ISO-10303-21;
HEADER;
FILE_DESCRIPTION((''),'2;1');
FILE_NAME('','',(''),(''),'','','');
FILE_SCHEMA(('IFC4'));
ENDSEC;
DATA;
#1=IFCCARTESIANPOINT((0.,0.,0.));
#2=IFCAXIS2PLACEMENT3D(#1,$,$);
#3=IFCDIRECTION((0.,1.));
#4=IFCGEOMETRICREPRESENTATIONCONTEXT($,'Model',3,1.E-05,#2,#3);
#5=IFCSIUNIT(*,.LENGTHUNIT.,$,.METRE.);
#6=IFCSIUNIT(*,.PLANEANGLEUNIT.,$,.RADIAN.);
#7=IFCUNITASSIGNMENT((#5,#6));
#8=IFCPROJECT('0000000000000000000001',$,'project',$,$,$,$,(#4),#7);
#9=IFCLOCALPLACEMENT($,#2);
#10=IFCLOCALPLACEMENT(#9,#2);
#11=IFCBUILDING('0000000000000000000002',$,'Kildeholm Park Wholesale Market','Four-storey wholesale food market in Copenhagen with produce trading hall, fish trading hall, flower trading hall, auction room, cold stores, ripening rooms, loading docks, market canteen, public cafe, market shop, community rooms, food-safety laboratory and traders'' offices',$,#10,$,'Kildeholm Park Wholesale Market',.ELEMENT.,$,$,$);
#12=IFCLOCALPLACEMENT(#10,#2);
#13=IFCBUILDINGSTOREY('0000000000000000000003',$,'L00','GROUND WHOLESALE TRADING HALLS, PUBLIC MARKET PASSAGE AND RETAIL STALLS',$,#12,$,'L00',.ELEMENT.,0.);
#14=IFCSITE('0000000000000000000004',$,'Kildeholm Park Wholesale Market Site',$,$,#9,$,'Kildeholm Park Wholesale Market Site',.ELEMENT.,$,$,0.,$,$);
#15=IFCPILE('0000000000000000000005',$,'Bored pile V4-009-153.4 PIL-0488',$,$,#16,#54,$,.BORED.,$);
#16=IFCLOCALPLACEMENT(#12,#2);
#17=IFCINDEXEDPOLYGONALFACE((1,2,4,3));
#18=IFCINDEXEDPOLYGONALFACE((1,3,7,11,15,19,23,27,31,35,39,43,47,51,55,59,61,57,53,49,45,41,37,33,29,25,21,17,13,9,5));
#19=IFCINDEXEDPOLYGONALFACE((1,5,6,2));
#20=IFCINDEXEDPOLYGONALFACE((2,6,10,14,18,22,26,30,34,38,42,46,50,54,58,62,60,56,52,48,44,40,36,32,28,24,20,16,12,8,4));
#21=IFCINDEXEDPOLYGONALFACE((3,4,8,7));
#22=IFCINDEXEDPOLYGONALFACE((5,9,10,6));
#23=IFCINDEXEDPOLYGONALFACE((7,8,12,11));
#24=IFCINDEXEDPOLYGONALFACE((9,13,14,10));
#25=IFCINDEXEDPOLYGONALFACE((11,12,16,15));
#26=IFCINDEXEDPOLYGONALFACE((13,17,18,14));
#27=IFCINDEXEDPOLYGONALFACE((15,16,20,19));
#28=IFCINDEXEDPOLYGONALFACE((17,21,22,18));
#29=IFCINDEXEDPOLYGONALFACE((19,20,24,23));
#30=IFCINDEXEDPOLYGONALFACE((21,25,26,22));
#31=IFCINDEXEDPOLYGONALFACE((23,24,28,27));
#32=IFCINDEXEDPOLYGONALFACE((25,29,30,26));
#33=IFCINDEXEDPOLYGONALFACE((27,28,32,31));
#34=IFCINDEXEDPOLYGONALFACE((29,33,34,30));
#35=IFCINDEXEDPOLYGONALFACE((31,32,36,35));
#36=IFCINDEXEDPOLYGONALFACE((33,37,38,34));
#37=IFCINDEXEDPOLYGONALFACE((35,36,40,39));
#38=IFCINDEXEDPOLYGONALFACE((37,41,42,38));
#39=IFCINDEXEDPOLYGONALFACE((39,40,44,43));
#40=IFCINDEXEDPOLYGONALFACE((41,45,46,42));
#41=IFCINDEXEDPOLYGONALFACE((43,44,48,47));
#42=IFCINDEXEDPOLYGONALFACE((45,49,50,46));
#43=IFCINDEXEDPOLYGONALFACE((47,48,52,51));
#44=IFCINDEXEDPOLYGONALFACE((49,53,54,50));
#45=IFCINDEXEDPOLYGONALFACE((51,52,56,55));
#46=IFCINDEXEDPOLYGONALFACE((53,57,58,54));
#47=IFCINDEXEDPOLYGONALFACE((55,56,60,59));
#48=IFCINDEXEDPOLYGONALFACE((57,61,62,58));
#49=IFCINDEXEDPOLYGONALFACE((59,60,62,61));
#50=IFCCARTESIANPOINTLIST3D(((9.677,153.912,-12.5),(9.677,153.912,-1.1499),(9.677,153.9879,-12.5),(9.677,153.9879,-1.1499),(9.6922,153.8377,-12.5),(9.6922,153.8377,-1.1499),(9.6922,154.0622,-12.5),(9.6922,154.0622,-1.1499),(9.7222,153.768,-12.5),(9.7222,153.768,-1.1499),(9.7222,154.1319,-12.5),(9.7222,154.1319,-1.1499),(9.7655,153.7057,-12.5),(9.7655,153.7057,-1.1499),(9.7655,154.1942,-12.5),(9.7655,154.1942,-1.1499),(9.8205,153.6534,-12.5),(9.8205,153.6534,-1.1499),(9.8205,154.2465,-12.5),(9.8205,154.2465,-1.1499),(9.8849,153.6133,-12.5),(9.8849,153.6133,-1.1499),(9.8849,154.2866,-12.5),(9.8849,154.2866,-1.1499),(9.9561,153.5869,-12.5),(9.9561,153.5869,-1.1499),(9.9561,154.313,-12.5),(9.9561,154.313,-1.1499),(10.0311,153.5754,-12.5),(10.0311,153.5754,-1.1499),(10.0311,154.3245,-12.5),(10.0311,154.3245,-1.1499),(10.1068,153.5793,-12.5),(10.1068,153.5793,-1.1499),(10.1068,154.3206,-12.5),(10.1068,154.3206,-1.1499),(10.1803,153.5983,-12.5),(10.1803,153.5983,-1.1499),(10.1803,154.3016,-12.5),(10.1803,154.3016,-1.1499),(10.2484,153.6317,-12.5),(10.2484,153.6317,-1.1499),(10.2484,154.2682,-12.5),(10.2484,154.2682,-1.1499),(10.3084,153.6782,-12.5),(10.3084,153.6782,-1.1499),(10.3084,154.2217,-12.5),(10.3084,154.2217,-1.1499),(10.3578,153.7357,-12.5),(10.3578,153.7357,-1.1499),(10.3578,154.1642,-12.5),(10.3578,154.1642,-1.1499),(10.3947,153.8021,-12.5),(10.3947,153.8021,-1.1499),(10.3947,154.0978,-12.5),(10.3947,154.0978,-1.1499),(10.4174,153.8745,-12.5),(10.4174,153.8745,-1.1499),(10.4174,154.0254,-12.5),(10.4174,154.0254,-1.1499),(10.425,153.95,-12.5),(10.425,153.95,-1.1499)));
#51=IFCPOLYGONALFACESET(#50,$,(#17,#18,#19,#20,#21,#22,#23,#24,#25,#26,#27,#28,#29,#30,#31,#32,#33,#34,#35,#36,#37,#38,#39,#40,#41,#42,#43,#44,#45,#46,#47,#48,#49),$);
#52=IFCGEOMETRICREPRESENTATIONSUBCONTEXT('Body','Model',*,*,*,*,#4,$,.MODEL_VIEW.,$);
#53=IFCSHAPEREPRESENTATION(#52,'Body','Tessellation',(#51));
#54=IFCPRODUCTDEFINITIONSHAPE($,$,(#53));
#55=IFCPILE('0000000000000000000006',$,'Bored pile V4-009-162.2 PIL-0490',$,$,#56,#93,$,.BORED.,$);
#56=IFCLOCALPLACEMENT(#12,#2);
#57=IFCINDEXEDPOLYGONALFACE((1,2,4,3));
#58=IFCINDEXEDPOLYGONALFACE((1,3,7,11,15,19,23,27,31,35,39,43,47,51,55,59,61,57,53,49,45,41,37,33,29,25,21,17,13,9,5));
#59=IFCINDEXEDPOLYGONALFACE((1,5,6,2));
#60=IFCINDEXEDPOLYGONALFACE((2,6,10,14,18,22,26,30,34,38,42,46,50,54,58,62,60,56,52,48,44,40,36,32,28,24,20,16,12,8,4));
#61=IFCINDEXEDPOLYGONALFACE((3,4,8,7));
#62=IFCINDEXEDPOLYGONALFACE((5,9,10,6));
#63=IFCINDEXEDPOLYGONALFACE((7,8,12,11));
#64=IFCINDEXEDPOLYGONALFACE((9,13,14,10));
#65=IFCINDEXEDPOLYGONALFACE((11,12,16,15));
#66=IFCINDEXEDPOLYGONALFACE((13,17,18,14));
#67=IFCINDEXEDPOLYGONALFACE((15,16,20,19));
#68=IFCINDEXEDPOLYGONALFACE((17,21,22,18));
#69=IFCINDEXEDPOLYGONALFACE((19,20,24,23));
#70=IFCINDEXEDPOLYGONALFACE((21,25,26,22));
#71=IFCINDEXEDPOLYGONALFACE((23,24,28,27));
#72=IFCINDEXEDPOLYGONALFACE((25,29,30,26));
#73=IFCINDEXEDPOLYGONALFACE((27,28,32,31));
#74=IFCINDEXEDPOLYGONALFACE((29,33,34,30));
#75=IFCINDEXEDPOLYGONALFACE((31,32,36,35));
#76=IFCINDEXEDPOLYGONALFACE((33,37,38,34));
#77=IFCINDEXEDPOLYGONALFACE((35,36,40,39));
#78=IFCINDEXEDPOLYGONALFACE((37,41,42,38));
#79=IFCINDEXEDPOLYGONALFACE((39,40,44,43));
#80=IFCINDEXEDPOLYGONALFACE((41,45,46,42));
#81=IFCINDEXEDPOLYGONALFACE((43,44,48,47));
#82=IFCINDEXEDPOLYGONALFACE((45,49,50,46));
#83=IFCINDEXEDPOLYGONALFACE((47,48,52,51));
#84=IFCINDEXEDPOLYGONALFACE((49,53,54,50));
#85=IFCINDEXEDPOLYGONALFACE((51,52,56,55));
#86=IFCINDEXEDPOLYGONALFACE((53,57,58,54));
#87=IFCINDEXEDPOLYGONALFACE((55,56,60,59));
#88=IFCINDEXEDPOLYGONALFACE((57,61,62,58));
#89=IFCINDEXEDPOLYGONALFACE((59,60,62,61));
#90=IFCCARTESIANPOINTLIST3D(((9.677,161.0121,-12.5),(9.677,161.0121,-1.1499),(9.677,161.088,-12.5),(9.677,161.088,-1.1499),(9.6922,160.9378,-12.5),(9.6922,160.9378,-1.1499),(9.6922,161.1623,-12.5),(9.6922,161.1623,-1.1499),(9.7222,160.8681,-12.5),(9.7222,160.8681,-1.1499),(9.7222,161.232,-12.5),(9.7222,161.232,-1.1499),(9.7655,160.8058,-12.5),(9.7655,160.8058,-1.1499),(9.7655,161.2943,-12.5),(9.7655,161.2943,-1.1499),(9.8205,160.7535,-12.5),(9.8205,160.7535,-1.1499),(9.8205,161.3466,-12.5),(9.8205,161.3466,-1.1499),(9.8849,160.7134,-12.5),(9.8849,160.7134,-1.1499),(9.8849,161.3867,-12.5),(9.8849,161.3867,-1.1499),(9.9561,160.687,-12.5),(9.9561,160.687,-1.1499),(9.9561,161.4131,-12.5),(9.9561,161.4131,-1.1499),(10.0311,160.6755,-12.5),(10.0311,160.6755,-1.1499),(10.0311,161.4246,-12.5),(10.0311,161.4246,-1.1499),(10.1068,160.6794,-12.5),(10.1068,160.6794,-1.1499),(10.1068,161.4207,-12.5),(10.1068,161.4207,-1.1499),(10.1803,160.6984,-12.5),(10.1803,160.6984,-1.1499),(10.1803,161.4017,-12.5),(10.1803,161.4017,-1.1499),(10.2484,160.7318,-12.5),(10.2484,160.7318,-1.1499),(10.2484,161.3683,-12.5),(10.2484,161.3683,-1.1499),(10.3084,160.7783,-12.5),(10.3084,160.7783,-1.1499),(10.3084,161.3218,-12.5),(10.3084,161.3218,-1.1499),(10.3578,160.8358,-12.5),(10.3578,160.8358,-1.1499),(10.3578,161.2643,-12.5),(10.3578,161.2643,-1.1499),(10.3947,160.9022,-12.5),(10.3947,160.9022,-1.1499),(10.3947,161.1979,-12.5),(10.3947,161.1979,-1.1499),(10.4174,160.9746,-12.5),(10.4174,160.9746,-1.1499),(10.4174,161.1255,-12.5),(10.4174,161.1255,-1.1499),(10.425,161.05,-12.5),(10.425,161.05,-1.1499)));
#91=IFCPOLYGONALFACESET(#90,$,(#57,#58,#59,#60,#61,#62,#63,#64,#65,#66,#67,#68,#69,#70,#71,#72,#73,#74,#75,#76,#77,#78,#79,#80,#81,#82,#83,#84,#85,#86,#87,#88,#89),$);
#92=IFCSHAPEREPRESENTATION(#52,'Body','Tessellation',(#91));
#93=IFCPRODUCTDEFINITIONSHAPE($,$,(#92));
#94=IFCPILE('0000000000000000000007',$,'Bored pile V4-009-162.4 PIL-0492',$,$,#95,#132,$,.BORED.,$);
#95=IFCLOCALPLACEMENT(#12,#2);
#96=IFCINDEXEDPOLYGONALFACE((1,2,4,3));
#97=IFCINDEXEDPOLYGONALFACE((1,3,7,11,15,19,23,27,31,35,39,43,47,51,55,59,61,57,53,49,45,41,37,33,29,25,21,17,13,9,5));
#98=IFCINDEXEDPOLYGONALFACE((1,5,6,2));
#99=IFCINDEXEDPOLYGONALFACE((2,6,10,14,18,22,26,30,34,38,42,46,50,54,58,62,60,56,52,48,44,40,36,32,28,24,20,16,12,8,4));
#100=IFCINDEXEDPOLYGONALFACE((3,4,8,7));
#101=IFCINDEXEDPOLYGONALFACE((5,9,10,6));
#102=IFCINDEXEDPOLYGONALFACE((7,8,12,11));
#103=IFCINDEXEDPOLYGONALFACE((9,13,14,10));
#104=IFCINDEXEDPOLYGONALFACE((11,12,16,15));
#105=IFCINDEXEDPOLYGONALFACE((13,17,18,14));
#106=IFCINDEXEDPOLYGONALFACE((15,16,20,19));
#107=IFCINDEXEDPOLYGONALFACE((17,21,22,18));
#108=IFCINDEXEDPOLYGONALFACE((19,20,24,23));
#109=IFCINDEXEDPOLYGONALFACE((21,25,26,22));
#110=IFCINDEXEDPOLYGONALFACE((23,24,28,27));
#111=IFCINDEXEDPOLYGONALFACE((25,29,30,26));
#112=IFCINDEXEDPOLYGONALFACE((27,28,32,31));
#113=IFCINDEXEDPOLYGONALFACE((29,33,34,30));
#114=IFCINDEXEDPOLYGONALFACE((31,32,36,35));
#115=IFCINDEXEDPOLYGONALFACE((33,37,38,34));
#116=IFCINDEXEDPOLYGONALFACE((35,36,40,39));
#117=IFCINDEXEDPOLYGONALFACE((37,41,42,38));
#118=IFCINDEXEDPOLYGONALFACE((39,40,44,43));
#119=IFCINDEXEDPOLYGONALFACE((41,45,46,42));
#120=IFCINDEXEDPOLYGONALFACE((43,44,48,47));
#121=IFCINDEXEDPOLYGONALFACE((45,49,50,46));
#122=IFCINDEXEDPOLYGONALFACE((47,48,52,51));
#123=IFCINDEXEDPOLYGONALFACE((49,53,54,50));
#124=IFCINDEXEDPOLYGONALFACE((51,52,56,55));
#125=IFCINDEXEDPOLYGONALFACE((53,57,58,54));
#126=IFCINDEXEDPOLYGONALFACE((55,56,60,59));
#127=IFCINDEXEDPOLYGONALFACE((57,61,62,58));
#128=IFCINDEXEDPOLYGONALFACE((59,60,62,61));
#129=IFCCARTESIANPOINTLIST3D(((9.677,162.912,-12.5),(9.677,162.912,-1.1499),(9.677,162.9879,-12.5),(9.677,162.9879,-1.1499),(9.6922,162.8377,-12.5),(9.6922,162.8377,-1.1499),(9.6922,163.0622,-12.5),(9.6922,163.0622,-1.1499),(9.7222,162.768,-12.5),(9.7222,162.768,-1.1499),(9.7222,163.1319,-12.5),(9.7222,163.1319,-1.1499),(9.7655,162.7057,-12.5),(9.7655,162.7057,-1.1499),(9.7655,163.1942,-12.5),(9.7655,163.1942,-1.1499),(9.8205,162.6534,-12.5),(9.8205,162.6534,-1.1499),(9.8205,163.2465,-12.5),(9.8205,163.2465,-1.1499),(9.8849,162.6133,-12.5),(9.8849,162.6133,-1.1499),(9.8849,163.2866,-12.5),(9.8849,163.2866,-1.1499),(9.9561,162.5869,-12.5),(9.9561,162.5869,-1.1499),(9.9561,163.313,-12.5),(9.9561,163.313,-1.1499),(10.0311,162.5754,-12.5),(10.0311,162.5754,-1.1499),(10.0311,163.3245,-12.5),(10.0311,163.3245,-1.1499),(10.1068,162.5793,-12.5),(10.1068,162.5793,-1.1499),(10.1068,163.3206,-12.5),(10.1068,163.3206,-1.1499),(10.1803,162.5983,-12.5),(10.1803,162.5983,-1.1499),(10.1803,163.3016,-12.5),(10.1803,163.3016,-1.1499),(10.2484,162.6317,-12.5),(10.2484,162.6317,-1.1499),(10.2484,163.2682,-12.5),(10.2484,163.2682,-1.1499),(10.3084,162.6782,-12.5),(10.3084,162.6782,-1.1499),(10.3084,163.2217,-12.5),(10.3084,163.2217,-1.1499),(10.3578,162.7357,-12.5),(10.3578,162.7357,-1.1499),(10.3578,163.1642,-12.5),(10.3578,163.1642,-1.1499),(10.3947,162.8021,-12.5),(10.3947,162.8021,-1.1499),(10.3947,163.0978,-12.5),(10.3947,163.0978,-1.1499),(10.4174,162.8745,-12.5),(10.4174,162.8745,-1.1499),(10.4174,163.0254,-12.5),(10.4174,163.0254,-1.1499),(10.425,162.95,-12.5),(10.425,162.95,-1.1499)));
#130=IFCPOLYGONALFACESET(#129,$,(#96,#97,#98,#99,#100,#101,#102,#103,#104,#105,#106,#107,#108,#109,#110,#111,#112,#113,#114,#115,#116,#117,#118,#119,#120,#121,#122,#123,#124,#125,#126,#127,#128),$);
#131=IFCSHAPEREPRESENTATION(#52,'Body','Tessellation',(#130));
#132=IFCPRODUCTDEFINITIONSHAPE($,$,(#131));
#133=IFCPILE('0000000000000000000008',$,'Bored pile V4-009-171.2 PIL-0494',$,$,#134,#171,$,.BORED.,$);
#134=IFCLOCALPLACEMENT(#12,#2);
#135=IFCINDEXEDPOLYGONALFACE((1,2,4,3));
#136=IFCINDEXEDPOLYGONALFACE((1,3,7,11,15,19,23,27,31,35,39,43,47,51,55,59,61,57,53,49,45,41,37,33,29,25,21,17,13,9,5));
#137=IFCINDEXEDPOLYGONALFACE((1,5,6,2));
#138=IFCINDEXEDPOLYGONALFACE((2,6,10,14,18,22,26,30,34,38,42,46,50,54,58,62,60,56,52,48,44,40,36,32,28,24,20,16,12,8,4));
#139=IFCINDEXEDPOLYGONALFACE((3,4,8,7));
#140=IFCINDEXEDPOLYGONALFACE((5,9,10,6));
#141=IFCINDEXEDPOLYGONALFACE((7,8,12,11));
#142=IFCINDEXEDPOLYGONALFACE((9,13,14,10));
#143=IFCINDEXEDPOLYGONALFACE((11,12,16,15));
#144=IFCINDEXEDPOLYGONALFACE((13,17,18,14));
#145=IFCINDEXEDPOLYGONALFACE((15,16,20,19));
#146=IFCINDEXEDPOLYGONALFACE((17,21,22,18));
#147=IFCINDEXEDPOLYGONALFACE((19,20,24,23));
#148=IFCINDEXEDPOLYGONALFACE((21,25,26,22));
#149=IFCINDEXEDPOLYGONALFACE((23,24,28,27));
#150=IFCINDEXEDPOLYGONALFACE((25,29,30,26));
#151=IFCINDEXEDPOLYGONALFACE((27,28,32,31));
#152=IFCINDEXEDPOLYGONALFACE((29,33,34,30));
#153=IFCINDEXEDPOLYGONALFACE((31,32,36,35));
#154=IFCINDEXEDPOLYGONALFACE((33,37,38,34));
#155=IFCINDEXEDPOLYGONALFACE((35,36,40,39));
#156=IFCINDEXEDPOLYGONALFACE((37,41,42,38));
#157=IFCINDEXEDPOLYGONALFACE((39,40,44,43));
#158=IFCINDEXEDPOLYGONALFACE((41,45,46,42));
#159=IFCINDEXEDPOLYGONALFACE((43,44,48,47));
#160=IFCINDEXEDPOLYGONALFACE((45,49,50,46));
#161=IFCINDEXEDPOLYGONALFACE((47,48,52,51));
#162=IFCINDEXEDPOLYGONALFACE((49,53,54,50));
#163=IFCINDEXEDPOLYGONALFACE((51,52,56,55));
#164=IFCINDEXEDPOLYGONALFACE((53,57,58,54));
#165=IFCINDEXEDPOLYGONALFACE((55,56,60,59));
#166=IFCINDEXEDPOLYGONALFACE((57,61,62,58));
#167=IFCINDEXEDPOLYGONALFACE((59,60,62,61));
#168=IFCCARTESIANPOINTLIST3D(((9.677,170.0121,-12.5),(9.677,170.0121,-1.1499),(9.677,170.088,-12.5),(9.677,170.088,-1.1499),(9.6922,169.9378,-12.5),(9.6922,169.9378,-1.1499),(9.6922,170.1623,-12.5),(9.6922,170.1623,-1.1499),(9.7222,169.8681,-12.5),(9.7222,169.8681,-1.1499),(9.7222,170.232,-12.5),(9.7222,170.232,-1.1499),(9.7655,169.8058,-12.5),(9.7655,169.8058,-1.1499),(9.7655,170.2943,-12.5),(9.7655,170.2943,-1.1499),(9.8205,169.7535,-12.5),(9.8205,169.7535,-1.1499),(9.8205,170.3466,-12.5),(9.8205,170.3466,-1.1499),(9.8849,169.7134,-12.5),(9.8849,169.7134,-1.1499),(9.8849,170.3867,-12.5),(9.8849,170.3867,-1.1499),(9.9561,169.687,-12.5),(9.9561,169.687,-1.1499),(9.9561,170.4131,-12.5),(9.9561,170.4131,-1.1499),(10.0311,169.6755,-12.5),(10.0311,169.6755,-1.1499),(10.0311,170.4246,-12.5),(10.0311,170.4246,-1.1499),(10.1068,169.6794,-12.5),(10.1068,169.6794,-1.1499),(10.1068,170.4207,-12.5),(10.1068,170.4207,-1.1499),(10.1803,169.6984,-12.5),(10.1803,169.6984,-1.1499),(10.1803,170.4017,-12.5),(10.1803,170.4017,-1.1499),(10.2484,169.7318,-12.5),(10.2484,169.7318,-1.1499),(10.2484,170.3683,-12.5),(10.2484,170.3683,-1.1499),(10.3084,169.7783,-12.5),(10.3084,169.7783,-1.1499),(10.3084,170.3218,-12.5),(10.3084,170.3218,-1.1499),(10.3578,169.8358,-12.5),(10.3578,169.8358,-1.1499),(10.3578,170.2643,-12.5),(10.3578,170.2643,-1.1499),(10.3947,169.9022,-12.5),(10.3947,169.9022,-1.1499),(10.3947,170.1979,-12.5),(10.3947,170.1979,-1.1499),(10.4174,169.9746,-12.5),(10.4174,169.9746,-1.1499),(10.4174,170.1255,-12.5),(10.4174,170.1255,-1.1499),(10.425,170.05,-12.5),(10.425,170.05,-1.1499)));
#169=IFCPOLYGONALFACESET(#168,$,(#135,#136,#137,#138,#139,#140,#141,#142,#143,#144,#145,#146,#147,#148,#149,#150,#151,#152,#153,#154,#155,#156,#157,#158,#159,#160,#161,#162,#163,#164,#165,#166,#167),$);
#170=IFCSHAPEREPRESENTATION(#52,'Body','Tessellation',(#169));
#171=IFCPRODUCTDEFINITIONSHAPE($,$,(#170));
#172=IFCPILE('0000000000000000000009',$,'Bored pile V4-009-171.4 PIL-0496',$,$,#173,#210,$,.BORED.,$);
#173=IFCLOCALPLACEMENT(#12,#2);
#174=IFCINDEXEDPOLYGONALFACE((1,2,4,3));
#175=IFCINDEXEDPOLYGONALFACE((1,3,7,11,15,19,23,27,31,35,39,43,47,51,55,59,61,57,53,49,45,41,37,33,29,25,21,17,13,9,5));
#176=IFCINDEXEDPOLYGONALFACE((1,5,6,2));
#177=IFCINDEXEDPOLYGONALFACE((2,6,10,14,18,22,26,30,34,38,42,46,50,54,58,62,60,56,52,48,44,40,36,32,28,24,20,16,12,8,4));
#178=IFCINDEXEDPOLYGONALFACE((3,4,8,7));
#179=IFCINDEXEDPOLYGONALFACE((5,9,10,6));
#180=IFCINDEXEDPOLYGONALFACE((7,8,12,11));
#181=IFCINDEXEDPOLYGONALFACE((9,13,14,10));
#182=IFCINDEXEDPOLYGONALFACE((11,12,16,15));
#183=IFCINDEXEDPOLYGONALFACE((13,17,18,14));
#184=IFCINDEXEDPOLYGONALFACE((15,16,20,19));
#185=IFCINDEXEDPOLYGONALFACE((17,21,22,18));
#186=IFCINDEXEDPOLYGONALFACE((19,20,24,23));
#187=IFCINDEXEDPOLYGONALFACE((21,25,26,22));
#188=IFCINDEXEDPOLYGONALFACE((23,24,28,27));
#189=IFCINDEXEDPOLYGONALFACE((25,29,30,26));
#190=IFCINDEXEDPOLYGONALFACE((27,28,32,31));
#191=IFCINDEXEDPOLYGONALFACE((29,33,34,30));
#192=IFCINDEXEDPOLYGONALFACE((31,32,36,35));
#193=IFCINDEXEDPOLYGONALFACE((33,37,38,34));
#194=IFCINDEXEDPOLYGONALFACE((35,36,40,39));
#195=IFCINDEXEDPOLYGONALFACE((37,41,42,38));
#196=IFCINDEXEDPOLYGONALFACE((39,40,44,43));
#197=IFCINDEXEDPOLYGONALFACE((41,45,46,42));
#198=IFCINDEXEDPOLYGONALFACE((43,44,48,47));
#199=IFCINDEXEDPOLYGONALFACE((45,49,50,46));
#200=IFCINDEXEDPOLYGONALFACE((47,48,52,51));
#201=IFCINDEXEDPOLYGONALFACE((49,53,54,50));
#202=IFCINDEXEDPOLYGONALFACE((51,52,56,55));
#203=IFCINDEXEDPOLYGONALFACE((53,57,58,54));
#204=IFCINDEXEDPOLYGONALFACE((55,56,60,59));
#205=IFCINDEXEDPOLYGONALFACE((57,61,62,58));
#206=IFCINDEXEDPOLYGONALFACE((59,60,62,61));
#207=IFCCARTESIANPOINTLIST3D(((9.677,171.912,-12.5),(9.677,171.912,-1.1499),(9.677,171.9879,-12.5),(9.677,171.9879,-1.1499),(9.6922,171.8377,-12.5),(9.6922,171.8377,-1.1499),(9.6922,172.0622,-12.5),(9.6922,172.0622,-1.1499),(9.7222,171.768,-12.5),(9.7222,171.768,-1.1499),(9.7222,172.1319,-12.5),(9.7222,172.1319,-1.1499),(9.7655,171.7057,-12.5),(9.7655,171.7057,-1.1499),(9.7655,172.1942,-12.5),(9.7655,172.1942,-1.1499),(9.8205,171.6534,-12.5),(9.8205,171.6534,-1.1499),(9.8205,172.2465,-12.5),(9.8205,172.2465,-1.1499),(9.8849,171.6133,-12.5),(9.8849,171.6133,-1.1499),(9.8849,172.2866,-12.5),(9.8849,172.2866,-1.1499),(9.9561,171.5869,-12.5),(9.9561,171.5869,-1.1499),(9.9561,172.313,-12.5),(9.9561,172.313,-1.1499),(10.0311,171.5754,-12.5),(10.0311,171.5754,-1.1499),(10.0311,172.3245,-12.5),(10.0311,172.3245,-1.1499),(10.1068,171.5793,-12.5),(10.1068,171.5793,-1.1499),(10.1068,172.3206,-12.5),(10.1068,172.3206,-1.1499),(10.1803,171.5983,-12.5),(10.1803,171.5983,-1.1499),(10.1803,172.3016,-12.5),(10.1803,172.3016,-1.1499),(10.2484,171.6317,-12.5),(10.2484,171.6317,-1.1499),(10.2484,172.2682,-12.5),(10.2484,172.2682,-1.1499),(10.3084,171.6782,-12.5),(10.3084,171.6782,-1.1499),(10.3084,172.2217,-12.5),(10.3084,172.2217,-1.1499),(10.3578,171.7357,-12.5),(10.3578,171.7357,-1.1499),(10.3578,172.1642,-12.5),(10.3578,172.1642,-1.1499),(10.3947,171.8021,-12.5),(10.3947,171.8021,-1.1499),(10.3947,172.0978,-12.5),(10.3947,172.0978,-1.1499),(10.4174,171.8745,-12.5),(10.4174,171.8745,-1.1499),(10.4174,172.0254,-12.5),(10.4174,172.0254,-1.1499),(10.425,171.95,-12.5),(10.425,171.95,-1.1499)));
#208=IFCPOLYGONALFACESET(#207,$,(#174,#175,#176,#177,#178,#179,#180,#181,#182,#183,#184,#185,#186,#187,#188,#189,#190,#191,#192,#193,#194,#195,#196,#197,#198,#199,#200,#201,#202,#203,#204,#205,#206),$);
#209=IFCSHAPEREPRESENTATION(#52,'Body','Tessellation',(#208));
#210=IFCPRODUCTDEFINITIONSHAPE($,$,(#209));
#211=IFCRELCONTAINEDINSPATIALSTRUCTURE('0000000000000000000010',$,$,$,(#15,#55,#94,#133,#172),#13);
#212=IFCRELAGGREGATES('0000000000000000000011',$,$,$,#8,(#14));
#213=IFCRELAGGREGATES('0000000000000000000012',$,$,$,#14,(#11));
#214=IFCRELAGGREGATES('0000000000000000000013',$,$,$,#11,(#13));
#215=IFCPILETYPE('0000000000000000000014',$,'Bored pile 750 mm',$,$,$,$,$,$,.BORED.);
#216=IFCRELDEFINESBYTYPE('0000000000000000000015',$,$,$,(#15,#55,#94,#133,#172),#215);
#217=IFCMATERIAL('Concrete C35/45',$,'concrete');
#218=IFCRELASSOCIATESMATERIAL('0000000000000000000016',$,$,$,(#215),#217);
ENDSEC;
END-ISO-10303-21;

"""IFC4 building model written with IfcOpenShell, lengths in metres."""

from ifc_helpers import new_model, si_unit, direction, frame, origin, origin_2d, place, context, subcontext, project, spatial, circle, extrude, material, material_profile, profile_set, type_object, element, save


model = new_model("IFC4")

# Units and contexts
model_context = context("Model", 3, precision=1e-05, world=origin(), true_north=direction((0.0, 1.0)))
body_context = subcontext(model_context, "Body", "Model", "MODEL_VIEW")
ifc_project = project(units=[si_unit("LENGTHUNIT", "METRE"), si_unit("PLANEANGLEUNIT", "RADIAN")], contexts=[model_context])

# Site, building, storey
site_placement = place(None, origin())
site = spatial("IfcSite", under=ifc_project, at=site_placement, Name="Kildeholm Park Wholesale Market Site", LongName="Kildeholm Park Wholesale Market Site", CompositionType="ELEMENT", RefElevation=0.0)
building_placement = place(site_placement, origin())
building = spatial("IfcBuilding", under=site, at=building_placement, Name="Kildeholm Park Wholesale Market", Description="Four-storey wholesale food market in Copenhagen with produce trading hall, fish trading hall, flower trading hall, auction room, cold stores, ripening rooms, loading docks, market canteen, public cafe, market shop, community rooms, food-safety laboratory and traders' offices", LongName="Kildeholm Park Wholesale Market", CompositionType="ELEMENT")
storey_placement = place(building_placement, origin())
storey = spatial("IfcBuildingStorey", under=building, at=storey_placement, Name="L00", Description="GROUND WHOLESALE TRADING HALLS, PUBLIC MARKET PASSAGE AND RETAIL STALLS", LongName="L00", CompositionType="ELEMENT", Elevation=0.0)

# Piles
ifc_material_1 = material(Name="Concrete C35/45", Category="concrete")
ifc_material_profile_1 = material_profile(ifc_material_1, circle(Radius=0.375, at=origin_2d()), Name="PILE D750")
ifc_profile_set_1 = profile_set([ifc_material_profile_1], Name="Concrete C35/45")
pile_type = type_object("IfcPileType", Name="Bored pile 750 mm", PredefinedType="BORED", material=ifc_profile_set_1)
for number, where, z_axis, x_axis, name in (
    (1, (10.05, 153.95, -1.1499), (0.0, 0.0, -1.0), (1.0, 0.0, 0.0), "Bored pile V4-009-153.4 PIL-0488"),
    (2, (10.05, 161.05, -1.1499), (0.0, 0.0, -1.0), (1.0, 0.0, 0.0), "Bored pile V4-009-162.2 PIL-0490"),
    (3, (10.05, 162.95, -1.1499), (0.0, 0.0, -1.0), (1.0, 0.0, 0.0), "Bored pile V4-009-162.4 PIL-0492"),
    (4, (10.05, 170.05, -1.1499), (0.0, 0.0, -1.0), (1.0, 0.0, 0.0), "Bored pile V4-009-171.2 PIL-0494"),
    (5, (10.05, 171.95, -1.1499), (0.0, 0.0, -1.0), (1.0, 0.0, 0.0), "Bored pile V4-009-171.4 PIL-0496"),
):
    element("IfcPile", number, at=place(storey_placement, frame(where, z_axis=z_axis, x_axis=x_axis)), inside=storey, type_object=pile_type, Name=name, PredefinedType="BORED", context=body_context, shape_type="SweptSolid", body=[
        extrude(circle(Radius=0.375, at=origin_2d()), origin(), (0.0, 0.0, 1.0), 11.3501),
    ])

save(model, "model.ifc")
